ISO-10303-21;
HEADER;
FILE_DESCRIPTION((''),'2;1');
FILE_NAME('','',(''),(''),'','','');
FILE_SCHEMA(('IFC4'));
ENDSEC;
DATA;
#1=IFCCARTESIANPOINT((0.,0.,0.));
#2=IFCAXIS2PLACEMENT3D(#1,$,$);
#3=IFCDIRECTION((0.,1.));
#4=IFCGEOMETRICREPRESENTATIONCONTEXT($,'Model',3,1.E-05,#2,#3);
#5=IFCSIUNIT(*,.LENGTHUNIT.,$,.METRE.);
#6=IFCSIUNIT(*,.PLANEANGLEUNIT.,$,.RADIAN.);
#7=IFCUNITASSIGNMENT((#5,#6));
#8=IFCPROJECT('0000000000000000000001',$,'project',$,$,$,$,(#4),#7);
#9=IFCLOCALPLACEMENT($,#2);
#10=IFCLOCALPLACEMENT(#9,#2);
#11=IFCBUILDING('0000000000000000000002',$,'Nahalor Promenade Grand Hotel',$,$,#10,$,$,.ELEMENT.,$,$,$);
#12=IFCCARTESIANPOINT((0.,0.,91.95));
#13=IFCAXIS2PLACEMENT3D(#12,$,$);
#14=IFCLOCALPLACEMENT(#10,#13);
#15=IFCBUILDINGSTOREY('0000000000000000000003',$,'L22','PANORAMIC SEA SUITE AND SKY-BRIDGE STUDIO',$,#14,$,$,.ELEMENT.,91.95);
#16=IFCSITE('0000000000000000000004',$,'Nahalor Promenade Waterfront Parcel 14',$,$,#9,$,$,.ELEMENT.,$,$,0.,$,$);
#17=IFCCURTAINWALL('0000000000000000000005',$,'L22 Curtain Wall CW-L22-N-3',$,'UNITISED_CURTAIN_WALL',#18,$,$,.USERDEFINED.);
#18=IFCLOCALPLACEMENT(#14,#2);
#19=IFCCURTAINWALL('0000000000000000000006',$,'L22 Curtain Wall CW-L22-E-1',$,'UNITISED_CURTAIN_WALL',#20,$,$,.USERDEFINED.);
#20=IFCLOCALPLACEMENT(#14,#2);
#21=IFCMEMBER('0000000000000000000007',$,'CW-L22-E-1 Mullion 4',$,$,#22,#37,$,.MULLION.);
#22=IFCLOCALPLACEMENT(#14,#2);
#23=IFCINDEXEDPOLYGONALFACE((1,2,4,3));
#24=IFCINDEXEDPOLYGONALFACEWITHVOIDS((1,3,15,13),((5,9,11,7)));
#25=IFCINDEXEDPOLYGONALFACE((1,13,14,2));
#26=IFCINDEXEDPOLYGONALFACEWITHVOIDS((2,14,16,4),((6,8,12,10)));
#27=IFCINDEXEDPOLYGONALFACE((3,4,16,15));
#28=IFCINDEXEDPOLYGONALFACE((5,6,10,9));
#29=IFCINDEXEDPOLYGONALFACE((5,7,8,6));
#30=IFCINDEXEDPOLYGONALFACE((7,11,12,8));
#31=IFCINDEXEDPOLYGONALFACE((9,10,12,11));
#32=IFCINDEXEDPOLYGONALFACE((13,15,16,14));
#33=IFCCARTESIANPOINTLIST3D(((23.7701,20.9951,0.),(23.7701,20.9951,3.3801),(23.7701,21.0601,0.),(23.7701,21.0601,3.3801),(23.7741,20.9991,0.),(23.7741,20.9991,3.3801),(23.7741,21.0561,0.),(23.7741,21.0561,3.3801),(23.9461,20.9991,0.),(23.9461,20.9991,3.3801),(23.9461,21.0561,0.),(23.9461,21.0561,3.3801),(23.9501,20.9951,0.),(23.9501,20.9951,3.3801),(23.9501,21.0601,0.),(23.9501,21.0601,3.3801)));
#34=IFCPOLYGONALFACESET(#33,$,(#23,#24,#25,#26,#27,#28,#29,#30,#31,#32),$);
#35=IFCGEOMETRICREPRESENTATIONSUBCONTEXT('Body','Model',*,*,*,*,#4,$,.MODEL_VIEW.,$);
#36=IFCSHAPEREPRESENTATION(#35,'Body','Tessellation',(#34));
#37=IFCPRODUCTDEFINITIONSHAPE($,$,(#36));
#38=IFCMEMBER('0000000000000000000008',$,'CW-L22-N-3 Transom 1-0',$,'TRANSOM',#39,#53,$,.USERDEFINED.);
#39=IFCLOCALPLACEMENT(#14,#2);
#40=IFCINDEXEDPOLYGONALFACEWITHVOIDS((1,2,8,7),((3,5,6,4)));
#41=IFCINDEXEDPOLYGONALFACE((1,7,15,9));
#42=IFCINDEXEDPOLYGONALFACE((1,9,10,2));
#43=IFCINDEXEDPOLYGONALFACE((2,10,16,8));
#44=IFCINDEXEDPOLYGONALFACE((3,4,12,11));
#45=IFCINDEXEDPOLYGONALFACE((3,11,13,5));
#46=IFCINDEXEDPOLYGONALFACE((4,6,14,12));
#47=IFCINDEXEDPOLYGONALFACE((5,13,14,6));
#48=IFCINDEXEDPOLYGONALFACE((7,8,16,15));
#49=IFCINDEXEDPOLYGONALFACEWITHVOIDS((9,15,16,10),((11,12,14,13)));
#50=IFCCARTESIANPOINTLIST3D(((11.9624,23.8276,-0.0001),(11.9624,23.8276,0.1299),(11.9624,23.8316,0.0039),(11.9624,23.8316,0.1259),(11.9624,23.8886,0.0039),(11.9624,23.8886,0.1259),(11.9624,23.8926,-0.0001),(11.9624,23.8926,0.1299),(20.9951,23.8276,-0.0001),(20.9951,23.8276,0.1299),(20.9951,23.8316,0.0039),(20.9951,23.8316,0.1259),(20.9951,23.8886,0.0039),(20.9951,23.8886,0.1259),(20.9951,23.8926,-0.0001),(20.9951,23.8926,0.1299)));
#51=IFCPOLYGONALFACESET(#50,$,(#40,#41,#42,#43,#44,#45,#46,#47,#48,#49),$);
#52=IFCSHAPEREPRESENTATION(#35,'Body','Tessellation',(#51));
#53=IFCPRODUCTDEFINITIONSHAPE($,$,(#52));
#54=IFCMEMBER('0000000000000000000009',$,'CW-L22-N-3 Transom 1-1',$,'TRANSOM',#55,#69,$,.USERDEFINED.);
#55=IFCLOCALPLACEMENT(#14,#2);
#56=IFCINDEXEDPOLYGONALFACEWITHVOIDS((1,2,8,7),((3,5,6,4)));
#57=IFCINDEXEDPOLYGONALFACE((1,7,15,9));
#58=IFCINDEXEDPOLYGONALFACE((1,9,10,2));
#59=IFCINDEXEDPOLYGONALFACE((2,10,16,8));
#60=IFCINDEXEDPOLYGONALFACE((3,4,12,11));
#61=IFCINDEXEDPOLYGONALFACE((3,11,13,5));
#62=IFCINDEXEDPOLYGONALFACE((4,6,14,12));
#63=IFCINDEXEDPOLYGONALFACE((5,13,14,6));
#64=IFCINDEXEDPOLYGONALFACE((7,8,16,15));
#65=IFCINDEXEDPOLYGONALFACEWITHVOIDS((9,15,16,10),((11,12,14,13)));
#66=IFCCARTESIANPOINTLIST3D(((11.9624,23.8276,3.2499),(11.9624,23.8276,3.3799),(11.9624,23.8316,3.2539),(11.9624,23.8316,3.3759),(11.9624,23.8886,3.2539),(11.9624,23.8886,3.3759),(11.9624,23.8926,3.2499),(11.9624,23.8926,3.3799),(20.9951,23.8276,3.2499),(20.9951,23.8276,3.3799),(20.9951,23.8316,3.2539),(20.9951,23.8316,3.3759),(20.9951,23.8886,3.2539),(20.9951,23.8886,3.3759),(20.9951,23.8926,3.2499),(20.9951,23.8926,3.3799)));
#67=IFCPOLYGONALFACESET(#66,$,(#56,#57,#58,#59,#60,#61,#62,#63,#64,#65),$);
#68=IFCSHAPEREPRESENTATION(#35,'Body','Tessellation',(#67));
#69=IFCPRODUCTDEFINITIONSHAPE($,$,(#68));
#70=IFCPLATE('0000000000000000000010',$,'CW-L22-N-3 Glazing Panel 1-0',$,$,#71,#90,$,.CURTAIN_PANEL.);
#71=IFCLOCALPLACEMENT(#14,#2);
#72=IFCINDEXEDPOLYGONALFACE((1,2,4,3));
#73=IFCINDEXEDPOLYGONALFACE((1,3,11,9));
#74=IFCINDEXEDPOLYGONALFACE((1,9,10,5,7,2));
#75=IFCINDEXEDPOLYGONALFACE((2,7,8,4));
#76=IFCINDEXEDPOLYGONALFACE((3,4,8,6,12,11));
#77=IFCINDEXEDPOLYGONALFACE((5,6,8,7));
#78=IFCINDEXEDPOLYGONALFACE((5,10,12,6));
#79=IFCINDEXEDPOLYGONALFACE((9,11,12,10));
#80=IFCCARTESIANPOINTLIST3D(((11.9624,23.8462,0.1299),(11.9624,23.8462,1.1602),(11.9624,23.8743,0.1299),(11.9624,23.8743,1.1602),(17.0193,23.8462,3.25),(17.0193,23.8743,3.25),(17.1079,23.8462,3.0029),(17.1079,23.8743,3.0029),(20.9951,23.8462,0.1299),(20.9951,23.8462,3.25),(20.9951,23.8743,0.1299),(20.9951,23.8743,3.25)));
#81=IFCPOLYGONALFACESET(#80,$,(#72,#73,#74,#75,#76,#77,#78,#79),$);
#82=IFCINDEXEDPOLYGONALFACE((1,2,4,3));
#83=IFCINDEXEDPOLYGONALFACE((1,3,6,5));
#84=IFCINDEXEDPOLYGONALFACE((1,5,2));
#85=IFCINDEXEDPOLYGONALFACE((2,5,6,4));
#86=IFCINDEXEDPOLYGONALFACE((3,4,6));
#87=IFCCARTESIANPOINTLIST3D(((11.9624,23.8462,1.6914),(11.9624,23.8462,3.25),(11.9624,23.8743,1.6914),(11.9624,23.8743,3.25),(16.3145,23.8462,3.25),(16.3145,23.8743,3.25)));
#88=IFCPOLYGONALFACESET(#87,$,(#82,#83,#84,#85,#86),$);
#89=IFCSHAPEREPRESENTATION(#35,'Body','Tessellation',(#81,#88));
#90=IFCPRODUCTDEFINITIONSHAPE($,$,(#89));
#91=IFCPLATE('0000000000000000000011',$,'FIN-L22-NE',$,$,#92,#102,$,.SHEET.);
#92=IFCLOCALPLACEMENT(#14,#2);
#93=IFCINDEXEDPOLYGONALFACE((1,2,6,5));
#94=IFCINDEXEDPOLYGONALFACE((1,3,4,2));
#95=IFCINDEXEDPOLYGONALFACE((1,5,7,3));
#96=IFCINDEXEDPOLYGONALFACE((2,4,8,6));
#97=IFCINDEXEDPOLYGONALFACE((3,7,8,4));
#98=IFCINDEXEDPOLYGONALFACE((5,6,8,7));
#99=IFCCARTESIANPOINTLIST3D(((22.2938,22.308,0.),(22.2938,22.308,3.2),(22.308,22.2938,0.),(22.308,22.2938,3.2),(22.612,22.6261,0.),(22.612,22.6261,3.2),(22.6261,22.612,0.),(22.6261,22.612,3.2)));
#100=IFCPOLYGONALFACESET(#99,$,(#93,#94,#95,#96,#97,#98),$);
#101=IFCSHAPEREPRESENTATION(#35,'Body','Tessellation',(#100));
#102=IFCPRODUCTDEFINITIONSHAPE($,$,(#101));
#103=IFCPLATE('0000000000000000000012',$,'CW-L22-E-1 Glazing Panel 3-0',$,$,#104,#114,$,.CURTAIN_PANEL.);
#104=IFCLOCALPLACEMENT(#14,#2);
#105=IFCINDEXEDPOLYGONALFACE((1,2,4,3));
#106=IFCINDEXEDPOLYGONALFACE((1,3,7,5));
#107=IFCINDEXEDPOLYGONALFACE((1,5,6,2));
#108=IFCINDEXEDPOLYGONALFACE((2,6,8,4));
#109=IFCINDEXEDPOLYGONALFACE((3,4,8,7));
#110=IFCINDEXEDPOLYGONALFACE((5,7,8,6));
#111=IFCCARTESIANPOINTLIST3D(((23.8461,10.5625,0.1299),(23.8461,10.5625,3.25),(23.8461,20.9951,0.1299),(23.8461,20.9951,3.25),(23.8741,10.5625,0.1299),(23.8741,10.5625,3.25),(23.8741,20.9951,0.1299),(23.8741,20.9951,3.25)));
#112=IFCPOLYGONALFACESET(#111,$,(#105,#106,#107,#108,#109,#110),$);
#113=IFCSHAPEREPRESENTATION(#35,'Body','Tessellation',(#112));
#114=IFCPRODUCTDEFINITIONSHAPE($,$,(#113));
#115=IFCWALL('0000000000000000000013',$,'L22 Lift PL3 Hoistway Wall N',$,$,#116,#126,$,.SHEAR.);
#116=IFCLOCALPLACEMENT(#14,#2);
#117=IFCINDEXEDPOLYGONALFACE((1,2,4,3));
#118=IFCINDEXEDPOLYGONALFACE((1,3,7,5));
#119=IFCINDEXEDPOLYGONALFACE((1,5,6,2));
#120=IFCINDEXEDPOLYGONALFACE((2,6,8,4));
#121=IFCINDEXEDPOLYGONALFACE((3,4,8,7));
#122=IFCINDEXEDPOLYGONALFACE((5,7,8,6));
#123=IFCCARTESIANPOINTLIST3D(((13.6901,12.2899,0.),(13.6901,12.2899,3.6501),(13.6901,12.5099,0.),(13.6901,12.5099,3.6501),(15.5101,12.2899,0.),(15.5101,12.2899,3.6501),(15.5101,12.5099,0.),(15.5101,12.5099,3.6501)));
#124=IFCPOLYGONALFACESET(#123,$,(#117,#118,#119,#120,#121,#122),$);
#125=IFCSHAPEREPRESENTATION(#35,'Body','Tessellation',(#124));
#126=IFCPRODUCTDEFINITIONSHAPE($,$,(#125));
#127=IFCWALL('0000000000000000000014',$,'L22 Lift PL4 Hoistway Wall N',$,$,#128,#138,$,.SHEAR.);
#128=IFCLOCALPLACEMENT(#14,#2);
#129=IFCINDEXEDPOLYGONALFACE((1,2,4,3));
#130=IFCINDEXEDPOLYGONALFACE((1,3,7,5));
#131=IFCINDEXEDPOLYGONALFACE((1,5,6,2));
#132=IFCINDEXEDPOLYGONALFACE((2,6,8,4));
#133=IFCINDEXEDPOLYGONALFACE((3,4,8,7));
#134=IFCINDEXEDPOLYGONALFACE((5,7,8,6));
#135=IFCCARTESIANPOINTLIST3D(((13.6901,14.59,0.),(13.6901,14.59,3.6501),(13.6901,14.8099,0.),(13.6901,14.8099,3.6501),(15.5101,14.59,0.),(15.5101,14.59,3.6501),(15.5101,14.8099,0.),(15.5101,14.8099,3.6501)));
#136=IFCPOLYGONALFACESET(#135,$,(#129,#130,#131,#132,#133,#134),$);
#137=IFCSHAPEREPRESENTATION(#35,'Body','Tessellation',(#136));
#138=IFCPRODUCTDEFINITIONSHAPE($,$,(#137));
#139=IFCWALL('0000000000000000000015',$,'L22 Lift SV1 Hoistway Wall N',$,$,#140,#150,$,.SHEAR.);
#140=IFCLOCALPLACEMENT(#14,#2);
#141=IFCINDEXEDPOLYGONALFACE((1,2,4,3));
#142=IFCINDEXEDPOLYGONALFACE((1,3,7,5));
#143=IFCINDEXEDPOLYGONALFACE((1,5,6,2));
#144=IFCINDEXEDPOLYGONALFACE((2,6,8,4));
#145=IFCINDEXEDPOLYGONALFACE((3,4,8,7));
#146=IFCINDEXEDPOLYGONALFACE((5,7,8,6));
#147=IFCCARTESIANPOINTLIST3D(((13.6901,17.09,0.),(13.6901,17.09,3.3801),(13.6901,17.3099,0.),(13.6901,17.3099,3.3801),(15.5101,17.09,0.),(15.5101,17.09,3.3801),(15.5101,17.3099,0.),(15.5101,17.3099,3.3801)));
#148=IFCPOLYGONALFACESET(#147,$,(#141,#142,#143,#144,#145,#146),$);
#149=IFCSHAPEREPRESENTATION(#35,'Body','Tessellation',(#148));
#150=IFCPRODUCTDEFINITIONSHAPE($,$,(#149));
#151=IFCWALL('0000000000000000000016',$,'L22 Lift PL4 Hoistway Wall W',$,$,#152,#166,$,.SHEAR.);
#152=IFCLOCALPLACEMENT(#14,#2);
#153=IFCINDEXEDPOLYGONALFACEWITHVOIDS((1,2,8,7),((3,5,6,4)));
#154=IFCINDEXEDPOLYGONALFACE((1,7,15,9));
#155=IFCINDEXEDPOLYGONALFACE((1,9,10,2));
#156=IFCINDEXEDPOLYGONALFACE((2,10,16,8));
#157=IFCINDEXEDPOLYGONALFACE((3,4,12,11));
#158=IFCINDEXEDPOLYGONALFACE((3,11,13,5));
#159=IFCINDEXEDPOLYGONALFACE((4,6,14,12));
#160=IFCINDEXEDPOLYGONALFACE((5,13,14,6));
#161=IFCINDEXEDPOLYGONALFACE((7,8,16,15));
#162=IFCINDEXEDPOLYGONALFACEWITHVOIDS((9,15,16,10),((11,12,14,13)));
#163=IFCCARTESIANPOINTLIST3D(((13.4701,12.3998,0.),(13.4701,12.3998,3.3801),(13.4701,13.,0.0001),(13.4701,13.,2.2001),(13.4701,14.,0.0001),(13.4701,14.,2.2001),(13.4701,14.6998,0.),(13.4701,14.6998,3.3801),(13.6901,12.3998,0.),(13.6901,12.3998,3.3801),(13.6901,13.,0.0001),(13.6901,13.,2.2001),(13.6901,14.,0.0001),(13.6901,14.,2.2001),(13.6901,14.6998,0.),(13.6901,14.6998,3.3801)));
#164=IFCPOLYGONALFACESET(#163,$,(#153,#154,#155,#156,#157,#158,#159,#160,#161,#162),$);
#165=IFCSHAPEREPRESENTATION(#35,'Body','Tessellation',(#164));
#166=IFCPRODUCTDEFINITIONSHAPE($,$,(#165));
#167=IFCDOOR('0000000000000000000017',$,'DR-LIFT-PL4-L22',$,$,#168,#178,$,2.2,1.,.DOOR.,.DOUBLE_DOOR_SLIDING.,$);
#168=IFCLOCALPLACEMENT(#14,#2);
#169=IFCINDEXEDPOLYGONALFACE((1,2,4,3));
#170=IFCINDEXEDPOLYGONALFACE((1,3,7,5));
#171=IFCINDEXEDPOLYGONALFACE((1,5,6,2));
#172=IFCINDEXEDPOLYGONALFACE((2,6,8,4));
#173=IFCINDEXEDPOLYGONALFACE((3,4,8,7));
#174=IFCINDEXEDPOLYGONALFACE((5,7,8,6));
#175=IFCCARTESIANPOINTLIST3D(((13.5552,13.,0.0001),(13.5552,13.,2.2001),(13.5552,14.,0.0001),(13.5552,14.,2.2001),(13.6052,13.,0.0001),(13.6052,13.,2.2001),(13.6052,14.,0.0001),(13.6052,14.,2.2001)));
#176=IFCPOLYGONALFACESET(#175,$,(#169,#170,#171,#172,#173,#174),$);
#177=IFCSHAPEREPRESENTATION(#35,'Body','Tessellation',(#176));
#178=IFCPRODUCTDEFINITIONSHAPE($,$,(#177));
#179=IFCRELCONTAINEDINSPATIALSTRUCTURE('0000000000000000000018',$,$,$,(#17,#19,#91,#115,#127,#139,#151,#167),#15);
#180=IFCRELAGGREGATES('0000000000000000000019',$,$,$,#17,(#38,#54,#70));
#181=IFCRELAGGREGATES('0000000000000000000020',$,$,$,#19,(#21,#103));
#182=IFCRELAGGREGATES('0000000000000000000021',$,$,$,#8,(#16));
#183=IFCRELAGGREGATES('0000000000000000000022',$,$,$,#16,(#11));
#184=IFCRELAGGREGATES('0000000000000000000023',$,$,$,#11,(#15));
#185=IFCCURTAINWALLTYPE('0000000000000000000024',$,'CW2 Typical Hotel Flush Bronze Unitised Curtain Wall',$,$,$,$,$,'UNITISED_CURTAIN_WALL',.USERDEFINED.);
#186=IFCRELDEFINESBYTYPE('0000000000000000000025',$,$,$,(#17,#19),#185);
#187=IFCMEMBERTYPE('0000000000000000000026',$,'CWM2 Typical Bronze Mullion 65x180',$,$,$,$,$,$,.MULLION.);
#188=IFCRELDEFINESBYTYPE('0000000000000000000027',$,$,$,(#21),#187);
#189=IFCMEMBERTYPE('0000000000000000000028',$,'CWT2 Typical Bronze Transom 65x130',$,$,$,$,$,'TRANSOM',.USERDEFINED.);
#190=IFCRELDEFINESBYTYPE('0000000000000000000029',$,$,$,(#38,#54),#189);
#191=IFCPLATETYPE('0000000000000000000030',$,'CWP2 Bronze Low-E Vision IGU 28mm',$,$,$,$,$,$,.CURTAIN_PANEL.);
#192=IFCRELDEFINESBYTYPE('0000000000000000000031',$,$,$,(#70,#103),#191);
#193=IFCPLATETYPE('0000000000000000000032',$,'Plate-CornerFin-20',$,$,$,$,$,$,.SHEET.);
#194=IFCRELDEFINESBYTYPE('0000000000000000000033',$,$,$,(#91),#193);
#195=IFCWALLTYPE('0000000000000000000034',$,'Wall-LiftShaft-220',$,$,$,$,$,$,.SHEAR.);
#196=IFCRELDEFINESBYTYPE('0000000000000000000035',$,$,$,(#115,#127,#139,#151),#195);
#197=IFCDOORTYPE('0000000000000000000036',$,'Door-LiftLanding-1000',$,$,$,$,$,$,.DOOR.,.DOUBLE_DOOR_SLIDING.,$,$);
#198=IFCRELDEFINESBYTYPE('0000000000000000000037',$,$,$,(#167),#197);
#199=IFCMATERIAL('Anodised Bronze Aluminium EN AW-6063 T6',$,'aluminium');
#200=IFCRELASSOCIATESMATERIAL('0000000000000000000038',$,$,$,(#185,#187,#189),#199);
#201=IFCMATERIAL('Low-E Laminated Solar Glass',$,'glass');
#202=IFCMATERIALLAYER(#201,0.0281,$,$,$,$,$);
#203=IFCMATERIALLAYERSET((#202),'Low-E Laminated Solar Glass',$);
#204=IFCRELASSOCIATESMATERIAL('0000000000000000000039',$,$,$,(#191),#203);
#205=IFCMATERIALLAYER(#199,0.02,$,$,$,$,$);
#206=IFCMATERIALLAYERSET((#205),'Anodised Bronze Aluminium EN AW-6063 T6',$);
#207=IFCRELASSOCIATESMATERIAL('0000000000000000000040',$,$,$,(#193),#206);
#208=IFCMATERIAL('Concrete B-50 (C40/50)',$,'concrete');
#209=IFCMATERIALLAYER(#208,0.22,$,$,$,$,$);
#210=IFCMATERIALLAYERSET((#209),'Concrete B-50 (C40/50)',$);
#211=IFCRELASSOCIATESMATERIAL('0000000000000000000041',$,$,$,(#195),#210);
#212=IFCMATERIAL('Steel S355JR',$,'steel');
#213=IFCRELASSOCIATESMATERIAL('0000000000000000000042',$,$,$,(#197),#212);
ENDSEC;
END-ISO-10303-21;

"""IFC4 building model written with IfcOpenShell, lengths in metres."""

from ifc_helpers import new_model, si_unit, direction, frame, frame_2d, origin, origin_2d, place, context, subcontext, project, spatial, polyline, rectangle, hollow_rectangle, outline, extrude, source, transform, mapped, material, layer, layer_set, material_profile, profile_set, type_object, element, fill, aggregate, save


model = new_model("IFC4")

# Units and contexts
model_context = context("Model", 3, precision=1e-05, world=origin(), true_north=direction((0.0, 1.0)))
body_context = subcontext(model_context, "Body", "Model", "MODEL_VIEW")
ifc_project = project(units=[si_unit("LENGTHUNIT", "METRE"), si_unit("PLANEANGLEUNIT", "RADIAN")], contexts=[model_context])

# Site, building, storey
site_placement = place(None, origin())
site = spatial("IfcSite", under=ifc_project, at=site_placement, Name="Nahalor Promenade Waterfront Parcel 14", CompositionType="ELEMENT", RefElevation=0.0)
building_placement = place(site_placement, origin())
building = spatial("IfcBuilding", under=site, at=building_placement, Name="Nahalor Promenade Grand Hotel", CompositionType="ELEMENT")
storey_placement = place(building_placement, frame((0.0, 0.0, 91.95)))
storey = spatial("IfcBuildingStorey", under=building, at=storey_placement, Name="L22", Description="PANORAMIC SEA SUITE AND SKY-BRIDGE STUDIO", CompositionType="ELEMENT", Elevation=91.95)

# Shared definitions
ifc_material_1 = material(Name="Steel S355JR", Category="steel")

# Curtain walls, member
ifc_material_2 = material(Name="Anodised Bronze Aluminium EN AW-6063 T6", Category="aluminium")
curtain_wall_type = type_object("IfcCurtainWallType", Name="CW2 Typical Hotel Flush Bronze Unitised Curtain Wall", ElementType="UNITISED_CURTAIN_WALL", PredefinedType="USERDEFINED", material=ifc_material_2)
curtain_wall_1_placement = place(storey_placement, origin())
curtain_wall_1 = element("IfcCurtainWall", 1, at=curtain_wall_1_placement, inside=storey, type_object=curtain_wall_type, Name="L22 Curtain Wall CW-L22-N-3", ObjectType="UNITISED_CURTAIN_WALL", PredefinedType="USERDEFINED")
ifc_material_profile_1 = material_profile(ifc_material_2, hollow_rectangle(XDim=0.065, YDim=0.18, WallThickness=0.004, at=origin_2d()), Name="CWM 65x180x4")
ifc_profile_set_1 = profile_set([ifc_material_profile_1], Name="Anodised Bronze Aluminium EN AW-6063 T6")
member_type_1 = type_object("IfcMemberType", Name="CWM2 Typical Bronze Mullion 65x180", PredefinedType="MULLION", material=ifc_profile_set_1)
shared_shape_1 = source(origin(), body_context, "Body", "SweptSolid", [
    extrude(hollow_rectangle(XDim=0.065, YDim=0.18, WallThickness=0.004, at=origin_2d()), origin(), (0.0, 0.0, 1.0), 3.3801),
])
curtain_wall_2_placement = place(storey_placement, origin())
curtain_wall_2 = element("IfcCurtainWall", 2, at=curtain_wall_2_placement, inside=storey, type_object=curtain_wall_type, Name="L22 Curtain Wall CW-L22-E-1", ObjectType="UNITISED_CURTAIN_WALL", PredefinedType="USERDEFINED")
member_1_placement = place(storey_placement, frame((23.8601, 21.0276, 0.0), z_axis=(0.0, 0.0, 1.0), x_axis=(0.0, 1.0, 0.0)))
member_1 = element("IfcMember", 3, at=member_1_placement, type_object=member_type_1, Name="CW-L22-E-1 Mullion 4", PredefinedType="MULLION", context=body_context, shape_type="MappedRepresentation", body=[
    mapped(shared_shape_1, transform((0.0, 0.0, 0.0), scale=1.0)),
])

# Members
ifc_material_profile_2 = material_profile(ifc_material_2, hollow_rectangle(XDim=0.065, YDim=0.13, WallThickness=0.004, at=origin_2d()), Name="CWT 65x130x4")
ifc_profile_set_2 = profile_set([ifc_material_profile_2], Name="Anodised Bronze Aluminium EN AW-6063 T6")
member_type_2 = type_object("IfcMemberType", Name="CWT2 Typical Bronze Transom 65x130", ElementType="TRANSOM", PredefinedType="USERDEFINED", material=ifc_profile_set_2)
shared_shape_2 = source(origin(), body_context, "Body", "SweptSolid", [
    extrude(hollow_rectangle(XDim=0.065, YDim=0.13, WallThickness=0.004, at=origin_2d()), origin(), (0.0, 0.0, 1.0), 9.0327),
])
member_2_placement = place(storey_placement, frame((11.9624, 23.8601, 0.0649), z_axis=(1.0, 0.0, 0.0), x_axis=(0.0, 1.0, 0.0)))
member_2 = element("IfcMember", 4, at=member_2_placement, type_object=member_type_2, Name="CW-L22-N-3 Transom 1-0", ObjectType="TRANSOM", PredefinedType="USERDEFINED", context=body_context, shape_type="MappedRepresentation", body=[
    mapped(shared_shape_2, transform((0.0, 0.0, 0.0), scale=1.0)),
])
member_3_placement = place(storey_placement, frame((11.9624, 23.8601, 3.3149), z_axis=(1.0, 0.0, 0.0), x_axis=(0.0, 1.0, 0.0)))
member_3 = element("IfcMember", 5, at=member_3_placement, type_object=member_type_2, Name="CW-L22-N-3 Transom 1-1", ObjectType="TRANSOM", PredefinedType="USERDEFINED", context=body_context, shape_type="MappedRepresentation", body=[
    mapped(shared_shape_2, transform((0.0, 0.0, 0.0), scale=1.0)),
])

# Plates
ifc_material_3 = material(Name="Low-E Laminated Solar Glass", Category="glass")
ifc_layer_1 = layer(ifc_material_3, 0.0281)
ifc_layer_set_1 = layer_set([ifc_layer_1], Name="Low-E Laminated Solar Glass")
plate_type_1 = type_object("IfcPlateType", Name="CWP2 Bronze Low-E Vision IGU 28mm", PredefinedType="CURTAIN_PANEL", material=ifc_layer_set_1)
plate_1_placement = place(storey_placement, frame((16.4788, 23.8601, 0.1299), z_axis=(0.0, 0.0, 1.0), x_axis=(1.0, 0.0, 0.0)))
plate_1 = element("IfcPlate", 6, at=plate_1_placement, type_object=plate_type_1, Name="CW-L22-N-3 Glazing Panel 1-0", PredefinedType="CURTAIN_PANEL", context=body_context, shape_type="SweptSolid", body=[
    extrude(outline(polyline([(4.5164, 0.0), (4.5164, 3.1201), (0.5405, 3.1201), (0.6292, 2.873), (-4.5164, 1.0303), (-4.5164, 0.0), (4.5164, 0.0)])), frame((0.0, 0.0142, 0.0), z_axis=(0.0, -1.0, 0.0), x_axis=(1.0, 0.0, 0.0)), (0.0, 0.0, 1.0), 0.0281),
    extrude(outline(polyline([(-0.1643, 3.1201), (-4.5164, 3.1201), (-4.5164, 1.5615), (-0.1643, 3.1201)])), frame((0.0, 0.0142, 0.0), z_axis=(0.0, -1.0, 0.0), x_axis=(1.0, 0.0, 0.0)), (0.0, 0.0, 1.0), 0.0281),
])
aggregate(curtain_wall_1, [member_2, member_3, plate_1])
ifc_layer_2 = layer(ifc_material_2, 0.02)
ifc_layer_set_2 = layer_set([ifc_layer_2], Name="Anodised Bronze Aluminium EN AW-6063 T6")
plate_type_2 = type_object("IfcPlateType", Name="Plate-CornerFin-20", PredefinedType="SHEET", material=ifc_layer_set_2)
shared_shape_3 = source(origin(), body_context, "Body", "SweptSolid", [
    extrude(rectangle(XDim=0.45, YDim=0.02, at=origin_2d()), origin(), (0.0, 0.0, 1.0), 3.2),
])
plate_2_placement = place(storey_placement, frame((22.46, 22.46, 0.0), z_axis=(0.0, 0.0, 1.0), x_axis=(0.707107, 0.707107, 0.0)))
element("IfcPlate", 7, at=plate_2_placement, inside=storey, type_object=plate_type_2, Name="FIN-L22-NE", PredefinedType="SHEET", context=body_context, shape_type="MappedRepresentation", body=[
    mapped(shared_shape_3, transform((0.0, 0.0, 0.0), scale=1.0)),
])
shared_shape_4 = source(origin(), body_context, "Body", "SweptSolid", [
    extrude(rectangle(XDim=10.4326, YDim=0.0281, at=origin_2d()), origin(), (0.0, 0.0, 1.0), 3.1201),
])
plate_3_placement = place(storey_placement, frame((23.8601, 15.7788, 0.1299), z_axis=(0.0, 0.0, 1.0), x_axis=(0.0, 1.0, 0.0)))
plate_3 = element("IfcPlate", 8, at=plate_3_placement, type_object=plate_type_1, Name="CW-L22-E-1 Glazing Panel 3-0", PredefinedType="CURTAIN_PANEL", context=body_context, shape_type="MappedRepresentation", body=[
    mapped(shared_shape_4, transform((0.0, 0.0, 0.0), scale=1.0)),
])
aggregate(curtain_wall_2, [member_1, plate_3])

# Walls
ifc_material_4 = material(Name="Concrete B-50 (C40/50)", Category="concrete")
ifc_layer_3 = layer(ifc_material_4, 0.22)
ifc_layer_set_3 = layer_set([ifc_layer_3], Name="Concrete B-50 (C40/50)")
wall_type_1 = type_object("IfcWallType", Name="Wall-LiftShaft-220", PredefinedType="SHEAR", material=ifc_layer_set_3)
shared_shape_5 = source(origin(), body_context, "Body", "SweptSolid", [
    extrude(rectangle(XDim=1.8201, YDim=0.22, at=frame_2d((0.9102, 0.0))), origin(), (0.0, 0.0, 1.0), 3.6501),
])
for number, where, z_axis, x_axis, name in (
    (9, (13.6899, 12.3999, 0.0), (0.0, 0.0, 1.0), (1.0, 0.0, 0.0), "L22 Lift PL3 Hoistway Wall N"),
    (10, (13.6899, 14.7, 0.0), (0.0, 0.0, 1.0), (1.0, 0.0, 0.0), "L22 Lift PL4 Hoistway Wall N"),
):
    element("IfcWall", number, at=place(storey_placement, frame(where, z_axis=z_axis, x_axis=x_axis)), inside=storey, type_object=wall_type_1, Name=name, PredefinedType="SHEAR", context=body_context, shape_type="MappedRepresentation", body=[
        mapped(shared_shape_5, transform((0.0, 0.0, 0.0), scale=1.0)),
    ])
shared_shape_6 = source(origin(), body_context, "Body", "SweptSolid", [
    extrude(rectangle(XDim=1.8201, YDim=0.22, at=frame_2d((0.9102, 0.0))), origin(), (0.0, 0.0, 1.0), 3.3801),
])
wall_1_placement = place(storey_placement, frame((13.6899, 17.2, 0.0), z_axis=(0.0, 0.0, 1.0), x_axis=(1.0, 0.0, 0.0)))
element("IfcWall", 11, at=wall_1_placement, inside=storey, type_object=wall_type_1, Name="L22 Lift SV1 Hoistway Wall N", PredefinedType="SHEAR", context=body_context, shape_type="MappedRepresentation", body=[
    mapped(shared_shape_6, transform((0.0, 0.0, 0.0), scale=1.0)),
])

# Wall, opening, door
shared_shape_7 = source(origin(), body_context, "Body", "SweptSolid", [
    extrude(rectangle(XDim=2.3, YDim=0.22, at=frame_2d((1.1499, 0.0))), origin(), (0.0, 0.0, 1.0), 3.3801),
])
wall_2_placement = place(storey_placement, frame((13.5801, 12.3999, 0.0), z_axis=(0.0, 0.0, 1.0), x_axis=(0.0, 1.0, 0.0)))
wall_2 = element("IfcWall", 12, at=wall_2_placement, inside=storey, type_object=wall_type_1, Name="L22 Lift PL4 Hoistway Wall W", PredefinedType="SHEAR", context=body_context, shape_type="MappedRepresentation", body=[
    mapped(shared_shape_7, transform((0.0, 0.0, 0.0), scale=1.0)),
])
opening_1_placement = place(wall_2_placement, frame((0.6001, 0.0, 0.0)))
opening_1 = element("IfcOpeningElement", 13, at=opening_1_placement, cuts=wall_2, PredefinedType="OPENING", context=body_context, shape_type="SweptSolid", body=[
    extrude(rectangle(XDim=1.0, YDim=2.2, at=frame_2d((0.5, 1.1001))), frame((0.0, 0.1199, 0.0), z_axis=(0.0, -1.0, 0.0), x_axis=(1.0, 0.0, 0.0)), (0.0, 0.0, 1.0), 0.24),
])
door_type_1 = type_object("IfcDoorType", Name="Door-LiftLanding-1000", OperationType="DOUBLE_DOOR_SLIDING", PredefinedType="DOOR", material=ifc_material_1)
shared_shape_8 = source(origin(), body_context, "Body", "SweptSolid", [
    extrude(rectangle(XDim=1.0, YDim=2.2, at=frame_2d((0.5, 1.1001))), frame((0.0, 0.0249, 0.0), z_axis=(0.0, -1.0, 0.0), x_axis=(1.0, 0.0, 0.0)), (0.0, 0.0, 1.0), 0.05),
])
door_1_placement = place(opening_1_placement, origin())
door_1 = element("IfcDoor", 14, at=door_1_placement, inside=storey, type_object=door_type_1, Name="DR-LIFT-PL4-L22", OperationType="DOUBLE_DOOR_SLIDING", OverallHeight=2.2, OverallWidth=1.0, PredefinedType="DOOR", context=body_context, shape_type="MappedRepresentation", body=[
    mapped(shared_shape_8, transform((0.0, 0.0, 0.0), scale=1.0)),
])
fill(opening_1, door_1)

save(model, "model.ifc")
